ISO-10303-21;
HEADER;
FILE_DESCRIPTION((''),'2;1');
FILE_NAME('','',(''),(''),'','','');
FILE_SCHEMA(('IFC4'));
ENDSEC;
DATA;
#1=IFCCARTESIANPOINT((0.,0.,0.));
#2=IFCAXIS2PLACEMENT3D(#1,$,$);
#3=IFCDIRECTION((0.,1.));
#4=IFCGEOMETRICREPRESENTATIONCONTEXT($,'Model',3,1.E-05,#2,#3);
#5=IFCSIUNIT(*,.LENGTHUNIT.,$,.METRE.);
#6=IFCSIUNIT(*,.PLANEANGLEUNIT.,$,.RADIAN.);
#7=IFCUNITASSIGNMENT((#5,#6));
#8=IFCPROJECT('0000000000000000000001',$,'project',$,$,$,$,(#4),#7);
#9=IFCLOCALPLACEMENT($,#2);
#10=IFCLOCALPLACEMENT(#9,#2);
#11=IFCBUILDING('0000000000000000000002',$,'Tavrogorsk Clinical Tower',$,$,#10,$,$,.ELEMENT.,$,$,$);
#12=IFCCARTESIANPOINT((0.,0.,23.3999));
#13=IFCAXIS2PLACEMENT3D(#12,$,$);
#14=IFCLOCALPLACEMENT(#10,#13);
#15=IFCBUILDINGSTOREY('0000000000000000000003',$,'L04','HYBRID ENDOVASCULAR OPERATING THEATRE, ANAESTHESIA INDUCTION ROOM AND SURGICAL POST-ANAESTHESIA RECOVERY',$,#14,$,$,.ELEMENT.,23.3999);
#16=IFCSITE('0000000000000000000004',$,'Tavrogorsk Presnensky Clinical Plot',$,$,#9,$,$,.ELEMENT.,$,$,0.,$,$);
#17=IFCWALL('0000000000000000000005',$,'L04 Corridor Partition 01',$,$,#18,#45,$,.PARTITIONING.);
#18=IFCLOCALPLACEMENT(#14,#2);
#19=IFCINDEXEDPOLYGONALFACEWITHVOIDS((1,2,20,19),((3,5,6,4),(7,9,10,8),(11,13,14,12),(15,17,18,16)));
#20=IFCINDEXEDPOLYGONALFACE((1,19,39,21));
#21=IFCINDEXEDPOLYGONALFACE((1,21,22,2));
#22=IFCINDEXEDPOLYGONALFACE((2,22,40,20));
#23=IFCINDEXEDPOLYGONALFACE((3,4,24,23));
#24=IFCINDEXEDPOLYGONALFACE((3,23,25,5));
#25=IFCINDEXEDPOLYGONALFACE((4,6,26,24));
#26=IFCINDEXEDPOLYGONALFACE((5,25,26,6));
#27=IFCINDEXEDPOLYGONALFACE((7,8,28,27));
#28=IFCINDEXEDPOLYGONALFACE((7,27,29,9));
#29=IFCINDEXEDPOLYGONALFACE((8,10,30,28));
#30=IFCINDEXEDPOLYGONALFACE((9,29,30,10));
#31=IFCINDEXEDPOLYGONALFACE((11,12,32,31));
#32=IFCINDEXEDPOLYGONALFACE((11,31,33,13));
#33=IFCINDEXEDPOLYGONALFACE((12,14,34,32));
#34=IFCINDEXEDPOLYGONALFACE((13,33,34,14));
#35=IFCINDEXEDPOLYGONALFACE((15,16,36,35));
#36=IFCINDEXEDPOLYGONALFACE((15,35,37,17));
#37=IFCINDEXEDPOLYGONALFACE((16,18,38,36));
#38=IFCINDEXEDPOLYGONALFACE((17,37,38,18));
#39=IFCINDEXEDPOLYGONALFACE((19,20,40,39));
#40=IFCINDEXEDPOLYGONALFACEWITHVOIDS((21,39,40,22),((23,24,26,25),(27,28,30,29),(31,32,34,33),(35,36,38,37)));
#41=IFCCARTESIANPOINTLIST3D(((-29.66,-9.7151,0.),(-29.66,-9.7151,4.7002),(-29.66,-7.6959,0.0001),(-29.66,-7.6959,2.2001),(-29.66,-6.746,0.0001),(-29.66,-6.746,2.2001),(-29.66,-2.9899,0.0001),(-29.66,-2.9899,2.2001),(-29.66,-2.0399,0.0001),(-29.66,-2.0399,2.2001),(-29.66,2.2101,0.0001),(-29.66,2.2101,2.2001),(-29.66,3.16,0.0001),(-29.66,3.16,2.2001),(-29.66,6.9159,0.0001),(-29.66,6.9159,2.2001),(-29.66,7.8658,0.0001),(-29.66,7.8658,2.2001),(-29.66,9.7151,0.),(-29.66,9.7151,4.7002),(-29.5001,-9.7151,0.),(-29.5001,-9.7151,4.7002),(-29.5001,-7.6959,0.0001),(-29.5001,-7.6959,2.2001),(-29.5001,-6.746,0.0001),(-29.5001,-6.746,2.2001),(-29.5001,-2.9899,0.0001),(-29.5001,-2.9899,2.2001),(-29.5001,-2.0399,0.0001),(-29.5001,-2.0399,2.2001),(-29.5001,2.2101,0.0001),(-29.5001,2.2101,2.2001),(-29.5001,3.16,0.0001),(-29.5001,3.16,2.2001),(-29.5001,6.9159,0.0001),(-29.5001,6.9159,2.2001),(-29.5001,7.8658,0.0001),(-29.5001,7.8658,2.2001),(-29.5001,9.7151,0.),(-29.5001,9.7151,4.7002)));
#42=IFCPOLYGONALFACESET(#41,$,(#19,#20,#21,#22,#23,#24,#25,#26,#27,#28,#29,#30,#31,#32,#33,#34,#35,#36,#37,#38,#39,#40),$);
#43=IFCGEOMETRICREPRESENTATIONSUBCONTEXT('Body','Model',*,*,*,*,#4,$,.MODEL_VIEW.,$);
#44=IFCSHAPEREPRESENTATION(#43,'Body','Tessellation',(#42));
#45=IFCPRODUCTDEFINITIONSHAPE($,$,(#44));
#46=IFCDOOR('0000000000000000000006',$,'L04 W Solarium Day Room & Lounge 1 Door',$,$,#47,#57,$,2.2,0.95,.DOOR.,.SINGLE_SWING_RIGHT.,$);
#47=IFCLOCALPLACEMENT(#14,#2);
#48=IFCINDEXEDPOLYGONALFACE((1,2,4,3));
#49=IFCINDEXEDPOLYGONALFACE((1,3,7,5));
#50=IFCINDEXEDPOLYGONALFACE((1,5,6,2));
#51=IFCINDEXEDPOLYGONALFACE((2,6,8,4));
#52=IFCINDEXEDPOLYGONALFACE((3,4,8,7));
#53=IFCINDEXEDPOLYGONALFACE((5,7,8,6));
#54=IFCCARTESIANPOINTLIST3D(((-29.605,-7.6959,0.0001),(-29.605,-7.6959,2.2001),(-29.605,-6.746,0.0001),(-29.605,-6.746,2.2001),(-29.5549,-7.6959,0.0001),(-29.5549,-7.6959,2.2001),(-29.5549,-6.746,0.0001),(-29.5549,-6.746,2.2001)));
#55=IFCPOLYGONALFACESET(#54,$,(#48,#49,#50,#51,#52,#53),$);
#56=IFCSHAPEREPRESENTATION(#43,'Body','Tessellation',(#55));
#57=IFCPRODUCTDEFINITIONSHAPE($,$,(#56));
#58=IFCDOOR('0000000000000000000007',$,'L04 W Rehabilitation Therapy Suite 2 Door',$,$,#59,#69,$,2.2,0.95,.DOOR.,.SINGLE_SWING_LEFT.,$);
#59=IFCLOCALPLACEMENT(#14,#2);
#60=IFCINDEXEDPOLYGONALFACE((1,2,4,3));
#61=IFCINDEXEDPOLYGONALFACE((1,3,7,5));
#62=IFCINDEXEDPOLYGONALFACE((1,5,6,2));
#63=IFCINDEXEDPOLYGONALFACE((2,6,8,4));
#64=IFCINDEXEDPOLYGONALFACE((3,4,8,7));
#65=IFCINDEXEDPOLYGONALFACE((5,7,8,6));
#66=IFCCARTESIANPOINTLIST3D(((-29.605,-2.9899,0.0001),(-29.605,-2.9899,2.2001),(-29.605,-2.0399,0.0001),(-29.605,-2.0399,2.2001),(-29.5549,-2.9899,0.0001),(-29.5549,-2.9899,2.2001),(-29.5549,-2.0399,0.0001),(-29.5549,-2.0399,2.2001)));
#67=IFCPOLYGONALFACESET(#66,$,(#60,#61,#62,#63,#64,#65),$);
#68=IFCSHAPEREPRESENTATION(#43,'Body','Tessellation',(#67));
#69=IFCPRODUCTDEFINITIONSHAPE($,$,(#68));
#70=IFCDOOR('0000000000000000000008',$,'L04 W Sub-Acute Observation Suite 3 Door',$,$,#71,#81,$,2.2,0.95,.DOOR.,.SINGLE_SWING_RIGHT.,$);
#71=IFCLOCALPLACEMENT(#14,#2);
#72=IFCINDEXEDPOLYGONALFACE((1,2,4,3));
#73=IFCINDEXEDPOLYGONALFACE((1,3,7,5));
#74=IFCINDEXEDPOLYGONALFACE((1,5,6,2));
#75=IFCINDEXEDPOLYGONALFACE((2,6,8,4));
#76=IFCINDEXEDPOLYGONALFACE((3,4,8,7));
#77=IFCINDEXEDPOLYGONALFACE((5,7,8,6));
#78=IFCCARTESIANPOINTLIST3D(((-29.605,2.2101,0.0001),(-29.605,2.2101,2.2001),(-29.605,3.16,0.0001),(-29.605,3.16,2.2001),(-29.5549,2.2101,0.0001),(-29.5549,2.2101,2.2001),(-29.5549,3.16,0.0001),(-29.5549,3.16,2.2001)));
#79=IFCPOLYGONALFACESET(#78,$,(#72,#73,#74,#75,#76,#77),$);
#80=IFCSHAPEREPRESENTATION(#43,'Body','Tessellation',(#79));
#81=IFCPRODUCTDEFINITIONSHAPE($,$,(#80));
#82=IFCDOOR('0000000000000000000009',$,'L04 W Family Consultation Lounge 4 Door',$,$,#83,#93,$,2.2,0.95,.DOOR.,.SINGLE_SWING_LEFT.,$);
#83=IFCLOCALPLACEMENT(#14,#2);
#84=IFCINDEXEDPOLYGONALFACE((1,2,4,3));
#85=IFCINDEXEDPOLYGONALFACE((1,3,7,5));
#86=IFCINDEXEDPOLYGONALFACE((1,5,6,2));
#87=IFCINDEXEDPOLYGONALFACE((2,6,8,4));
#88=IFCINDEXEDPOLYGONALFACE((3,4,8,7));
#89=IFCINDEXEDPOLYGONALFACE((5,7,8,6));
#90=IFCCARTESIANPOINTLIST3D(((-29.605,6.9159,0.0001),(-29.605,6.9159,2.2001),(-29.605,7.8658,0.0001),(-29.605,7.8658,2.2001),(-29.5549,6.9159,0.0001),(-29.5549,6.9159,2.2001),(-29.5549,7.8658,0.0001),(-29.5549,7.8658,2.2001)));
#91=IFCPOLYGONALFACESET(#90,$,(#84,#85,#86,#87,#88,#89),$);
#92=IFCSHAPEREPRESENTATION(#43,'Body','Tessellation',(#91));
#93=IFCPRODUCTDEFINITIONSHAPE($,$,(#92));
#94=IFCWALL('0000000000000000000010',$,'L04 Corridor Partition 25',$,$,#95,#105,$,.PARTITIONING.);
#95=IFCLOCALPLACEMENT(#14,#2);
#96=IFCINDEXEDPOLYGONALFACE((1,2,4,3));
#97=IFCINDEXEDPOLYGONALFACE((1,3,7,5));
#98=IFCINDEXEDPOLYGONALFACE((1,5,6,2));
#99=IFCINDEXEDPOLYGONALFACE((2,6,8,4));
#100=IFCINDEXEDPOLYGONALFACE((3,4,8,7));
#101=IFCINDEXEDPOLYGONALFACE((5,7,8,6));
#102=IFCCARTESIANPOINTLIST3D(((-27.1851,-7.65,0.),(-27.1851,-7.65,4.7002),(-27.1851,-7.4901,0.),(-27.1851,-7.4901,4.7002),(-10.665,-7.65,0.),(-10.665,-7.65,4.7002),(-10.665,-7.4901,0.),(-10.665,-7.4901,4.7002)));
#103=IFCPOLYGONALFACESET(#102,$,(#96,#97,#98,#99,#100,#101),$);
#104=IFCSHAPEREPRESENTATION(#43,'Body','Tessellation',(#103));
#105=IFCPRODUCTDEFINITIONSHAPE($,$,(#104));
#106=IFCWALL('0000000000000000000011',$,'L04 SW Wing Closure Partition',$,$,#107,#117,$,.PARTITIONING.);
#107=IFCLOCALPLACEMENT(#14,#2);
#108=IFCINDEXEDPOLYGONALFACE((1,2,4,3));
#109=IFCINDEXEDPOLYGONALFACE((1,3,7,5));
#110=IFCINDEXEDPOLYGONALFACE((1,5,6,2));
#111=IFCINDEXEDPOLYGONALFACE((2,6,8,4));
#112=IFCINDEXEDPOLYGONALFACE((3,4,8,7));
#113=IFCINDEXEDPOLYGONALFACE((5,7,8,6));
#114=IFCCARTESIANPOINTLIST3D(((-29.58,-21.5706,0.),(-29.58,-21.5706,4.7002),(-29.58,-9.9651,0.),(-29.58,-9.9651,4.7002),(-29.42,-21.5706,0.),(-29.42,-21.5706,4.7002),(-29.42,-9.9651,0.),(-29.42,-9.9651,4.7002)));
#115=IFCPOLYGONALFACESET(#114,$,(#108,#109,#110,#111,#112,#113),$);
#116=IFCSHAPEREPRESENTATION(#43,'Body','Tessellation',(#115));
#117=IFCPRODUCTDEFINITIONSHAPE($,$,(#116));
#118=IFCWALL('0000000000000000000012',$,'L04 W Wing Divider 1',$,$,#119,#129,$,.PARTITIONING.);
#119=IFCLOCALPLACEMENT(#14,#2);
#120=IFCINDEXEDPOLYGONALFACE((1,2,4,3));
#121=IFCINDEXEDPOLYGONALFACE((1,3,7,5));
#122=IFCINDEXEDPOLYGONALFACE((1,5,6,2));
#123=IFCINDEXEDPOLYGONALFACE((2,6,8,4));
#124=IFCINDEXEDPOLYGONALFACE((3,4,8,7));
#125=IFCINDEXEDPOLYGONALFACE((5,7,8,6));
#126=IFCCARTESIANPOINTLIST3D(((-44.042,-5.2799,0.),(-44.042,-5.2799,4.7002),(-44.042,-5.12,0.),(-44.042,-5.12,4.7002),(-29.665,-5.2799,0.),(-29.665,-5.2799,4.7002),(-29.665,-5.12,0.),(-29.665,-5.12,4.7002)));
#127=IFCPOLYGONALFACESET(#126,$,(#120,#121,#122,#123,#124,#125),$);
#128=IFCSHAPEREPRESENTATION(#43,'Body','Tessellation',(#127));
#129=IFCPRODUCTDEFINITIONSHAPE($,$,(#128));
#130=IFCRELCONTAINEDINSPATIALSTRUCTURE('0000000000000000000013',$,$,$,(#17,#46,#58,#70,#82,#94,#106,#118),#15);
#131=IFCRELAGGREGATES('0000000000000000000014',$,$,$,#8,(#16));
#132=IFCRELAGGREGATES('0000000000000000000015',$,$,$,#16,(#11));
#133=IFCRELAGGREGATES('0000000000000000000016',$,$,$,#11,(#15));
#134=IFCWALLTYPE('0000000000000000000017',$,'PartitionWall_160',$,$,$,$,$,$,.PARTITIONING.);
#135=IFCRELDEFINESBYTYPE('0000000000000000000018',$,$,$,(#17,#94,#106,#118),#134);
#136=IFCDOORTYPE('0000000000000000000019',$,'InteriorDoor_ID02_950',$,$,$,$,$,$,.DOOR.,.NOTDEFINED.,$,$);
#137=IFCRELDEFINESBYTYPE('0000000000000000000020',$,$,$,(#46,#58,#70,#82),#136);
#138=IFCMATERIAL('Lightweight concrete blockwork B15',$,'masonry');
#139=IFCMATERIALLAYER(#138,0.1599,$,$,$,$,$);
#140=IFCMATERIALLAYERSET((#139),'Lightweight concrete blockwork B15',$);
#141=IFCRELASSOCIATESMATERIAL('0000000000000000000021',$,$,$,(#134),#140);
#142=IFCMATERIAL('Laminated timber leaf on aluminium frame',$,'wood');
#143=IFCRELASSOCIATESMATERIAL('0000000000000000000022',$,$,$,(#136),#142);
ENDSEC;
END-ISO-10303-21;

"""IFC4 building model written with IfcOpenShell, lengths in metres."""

from ifc_helpers import new_model, si_unit, direction, frame, frame_2d, origin, place, context, subcontext, project, spatial, rectangle, extrude, material, layer, layer_set, type_object, element, fill, save


model = new_model("IFC4")

# Units and contexts
model_context = context("Model", 3, precision=1e-05, world=origin(), true_north=direction((0.0, 1.0)))
body_context = subcontext(model_context, "Body", "Model", "MODEL_VIEW")
ifc_project = project(units=[si_unit("LENGTHUNIT", "METRE"), si_unit("PLANEANGLEUNIT", "RADIAN")], contexts=[model_context])

# Site, building, storey
site_placement = place(None, origin())
site = spatial("IfcSite", under=ifc_project, at=site_placement, Name="Tavrogorsk Presnensky Clinical Plot", CompositionType="ELEMENT", RefElevation=0.0)
building_placement = place(site_placement, origin())
building = spatial("IfcBuilding", under=site, at=building_placement, Name="Tavrogorsk Clinical Tower", CompositionType="ELEMENT")
storey_placement = place(building_placement, frame((0.0, 0.0, 23.3999)))
storey = spatial("IfcBuildingStorey", under=building, at=storey_placement, Name="L04", Description="HYBRID ENDOVASCULAR OPERATING THEATRE, ANAESTHESIA INDUCTION ROOM AND SURGICAL POST-ANAESTHESIA RECOVERY", CompositionType="ELEMENT", Elevation=23.3999)

# Shared definitions
ifc_material_1 = material(Name="Lightweight concrete blockwork B15", Category="masonry")
ifc_layer_1 = layer(ifc_material_1, 0.1599)
ifc_layer_set_1 = layer_set([ifc_layer_1], Name="Lightweight concrete blockwork B15")
wall_type_1 = type_object("IfcWallType", Name="PartitionWall_160", PredefinedType="PARTITIONING", material=ifc_layer_set_1)

# Wall, openings, doors
wall_1_placement = place(storey_placement, frame((-29.5801, -9.7151, 0.0), z_axis=(0.0, 0.0, 1.0), x_axis=(0.0, 1.0, 0.0)))
wall_1 = element("IfcWall", 1, at=wall_1_placement, inside=storey, type_object=wall_type_1, Name="L04 Corridor Partition 01", PredefinedType="PARTITIONING", context=body_context, shape_type="SweptSolid", body=[
    extrude(rectangle(XDim=19.4302, YDim=0.1599, at=frame_2d((9.7151, 0.0))), origin(), (0.0, 0.0, 1.0), 4.7002),
])
opening_1_placement = place(wall_1_placement, frame((2.019, 0.0, 0.0)))
opening_1 = element("IfcOpeningElement", 2, at=opening_1_placement, cuts=wall_1, PredefinedType="OPENING", context=body_context, shape_type="SweptSolid", body=[
    extrude(rectangle(XDim=0.95, YDim=2.2, at=frame_2d((0.4751, 1.1001))), frame((0.0, 0.0898, 0.0), z_axis=(0.0, -1.0, 0.0), x_axis=(1.0, 0.0, 0.0)), (0.0, 0.0, 1.0), 0.1799),
])
opening_2_placement = place(wall_1_placement, frame((6.7251, 0.0, 0.0)))
opening_2 = element("IfcOpeningElement", 3, at=opening_2_placement, cuts=wall_1, PredefinedType="OPENING", context=body_context, shape_type="SweptSolid", body=[
    extrude(rectangle(XDim=0.95, YDim=2.2, at=frame_2d((0.4751, 1.1001))), frame((0.0, 0.0898, 0.0), z_axis=(0.0, -1.0, 0.0), x_axis=(1.0, 0.0, 0.0)), (0.0, 0.0, 1.0), 0.1799),
])
opening_3_placement = place(wall_1_placement, frame((11.925, 0.0, 0.0)))
opening_3 = element("IfcOpeningElement", 4, at=opening_3_placement, cuts=wall_1, PredefinedType="OPENING", context=body_context, shape_type="SweptSolid", body=[
    extrude(rectangle(XDim=0.95, YDim=2.2, at=frame_2d((0.4751, 1.1001))), frame((0.0, 0.0898, 0.0), z_axis=(0.0, -1.0, 0.0), x_axis=(1.0, 0.0, 0.0)), (0.0, 0.0, 1.0), 0.1799),
])
opening_4_placement = place(wall_1_placement, frame((16.6309, 0.0, 0.0)))
opening_4 = element("IfcOpeningElement", 5, at=opening_4_placement, cuts=wall_1, PredefinedType="OPENING", context=body_context, shape_type="SweptSolid", body=[
    extrude(rectangle(XDim=0.95, YDim=2.2, at=frame_2d((0.4751, 1.1001))), frame((0.0, 0.0898, 0.0), z_axis=(0.0, -1.0, 0.0), x_axis=(1.0, 0.0, 0.0)), (0.0, 0.0, 1.0), 0.1799),
])
ifc_material_2 = material(Name="Laminated timber leaf on aluminium frame", Category="wood")
door_type = type_object("IfcDoorType", Name="InteriorDoor_ID02_950", OperationType="NOTDEFINED", PredefinedType="DOOR", material=ifc_material_2)
door_1_placement = place(opening_1_placement, origin())
door_1 = element("IfcDoor", 6, at=door_1_placement, inside=storey, type_object=door_type, Name="L04 W Solarium Day Room & Lounge 1 Door", OperationType="SINGLE_SWING_RIGHT", OverallHeight=2.2, OverallWidth=0.95, PredefinedType="DOOR", context=body_context, shape_type="SweptSolid", body=[
    extrude(rectangle(XDim=0.95, YDim=2.2, at=frame_2d((0.4751, 1.1001))), frame((0.0, 0.0249, 0.0), z_axis=(0.0, -1.0, 0.0), x_axis=(1.0, 0.0, 0.0)), (0.0, 0.0, 1.0), 0.05),
])
fill(opening_1, door_1)
door_2_placement = place(opening_2_placement, origin())
door_2 = element("IfcDoor", 7, at=door_2_placement, inside=storey, type_object=door_type, Name="L04 W Rehabilitation Therapy Suite 2 Door", OperationType="SINGLE_SWING_LEFT", OverallHeight=2.2, OverallWidth=0.95, PredefinedType="DOOR", context=body_context, shape_type="SweptSolid", body=[
    extrude(rectangle(XDim=0.95, YDim=2.2, at=frame_2d((0.4751, 1.1001))), frame((0.0, 0.0249, 0.0), z_axis=(0.0, -1.0, 0.0), x_axis=(1.0, 0.0, 0.0)), (0.0, 0.0, 1.0), 0.05),
])
fill(opening_2, door_2)
door_3_placement = place(opening_3_placement, origin())
door_3 = element("IfcDoor", 8, at=door_3_placement, inside=storey, type_object=door_type, Name="L04 W Sub-Acute Observation Suite 3 Door", OperationType="SINGLE_SWING_RIGHT", OverallHeight=2.2, OverallWidth=0.95, PredefinedType="DOOR", context=body_context, shape_type="SweptSolid", body=[
    extrude(rectangle(XDim=0.95, YDim=2.2, at=frame_2d((0.4751, 1.1001))), frame((0.0, 0.0249, 0.0), z_axis=(0.0, -1.0, 0.0), x_axis=(1.0, 0.0, 0.0)), (0.0, 0.0, 1.0), 0.05),
])
fill(opening_3, door_3)
door_4_placement = place(opening_4_placement, origin())
door_4 = element("IfcDoor", 9, at=door_4_placement, inside=storey, type_object=door_type, Name="L04 W Family Consultation Lounge 4 Door", OperationType="SINGLE_SWING_LEFT", OverallHeight=2.2, OverallWidth=0.95, PredefinedType="DOOR", context=body_context, shape_type="SweptSolid", body=[
    extrude(rectangle(XDim=0.95, YDim=2.2, at=frame_2d((0.4751, 1.1001))), frame((0.0, 0.0249, 0.0), z_axis=(0.0, -1.0, 0.0), x_axis=(1.0, 0.0, 0.0)), (0.0, 0.0, 1.0), 0.05),
])
fill(opening_4, door_4)

# Walls
wall_2_placement = place(storey_placement, frame((-27.1851, -7.5701, 0.0), z_axis=(0.0, 0.0, 1.0), x_axis=(1.0, 0.0, 0.0)))
element("IfcWall", 10, at=wall_2_placement, inside=storey, type_object=wall_type_1, Name="L04 Corridor Partition 25", PredefinedType="PARTITIONING", context=body_context, shape_type="SweptSolid", body=[
    extrude(rectangle(XDim=16.52, YDim=0.1599, at=frame_2d((8.26, 0.0))), origin(), (0.0, 0.0, 1.0), 4.7002),
])
wall_3_placement = place(storey_placement, frame((-29.5, -21.5706, 0.0), z_axis=(0.0, 0.0, 1.0), x_axis=(0.0, 1.0, 0.0)))
element("IfcWall", 11, at=wall_3_placement, inside=storey, type_object=wall_type_1, Name="L04 SW Wing Closure Partition", PredefinedType="PARTITIONING", context=body_context, shape_type="SweptSolid", body=[
    extrude(rectangle(XDim=11.6055, YDim=0.1599, at=frame_2d((5.8027, 0.0))), origin(), (0.0, 0.0, 1.0), 4.7002),
])
wall_4_placement = place(storey_placement, frame((-44.042, -5.2, 0.0), z_axis=(0.0, 0.0, 1.0), x_axis=(1.0, 0.0, 0.0)))
element("IfcWall", 12, at=wall_4_placement, inside=storey, type_object=wall_type_1, Name="L04 W Wing Divider 1", PredefinedType="PARTITIONING", context=body_context, shape_type="SweptSolid", body=[
    extrude(rectangle(XDim=14.377, YDim=0.1599, at=frame_2d((7.1885, 0.0))), origin(), (0.0, 0.0, 1.0), 4.7002),
])

save(model, "model.ifc")
